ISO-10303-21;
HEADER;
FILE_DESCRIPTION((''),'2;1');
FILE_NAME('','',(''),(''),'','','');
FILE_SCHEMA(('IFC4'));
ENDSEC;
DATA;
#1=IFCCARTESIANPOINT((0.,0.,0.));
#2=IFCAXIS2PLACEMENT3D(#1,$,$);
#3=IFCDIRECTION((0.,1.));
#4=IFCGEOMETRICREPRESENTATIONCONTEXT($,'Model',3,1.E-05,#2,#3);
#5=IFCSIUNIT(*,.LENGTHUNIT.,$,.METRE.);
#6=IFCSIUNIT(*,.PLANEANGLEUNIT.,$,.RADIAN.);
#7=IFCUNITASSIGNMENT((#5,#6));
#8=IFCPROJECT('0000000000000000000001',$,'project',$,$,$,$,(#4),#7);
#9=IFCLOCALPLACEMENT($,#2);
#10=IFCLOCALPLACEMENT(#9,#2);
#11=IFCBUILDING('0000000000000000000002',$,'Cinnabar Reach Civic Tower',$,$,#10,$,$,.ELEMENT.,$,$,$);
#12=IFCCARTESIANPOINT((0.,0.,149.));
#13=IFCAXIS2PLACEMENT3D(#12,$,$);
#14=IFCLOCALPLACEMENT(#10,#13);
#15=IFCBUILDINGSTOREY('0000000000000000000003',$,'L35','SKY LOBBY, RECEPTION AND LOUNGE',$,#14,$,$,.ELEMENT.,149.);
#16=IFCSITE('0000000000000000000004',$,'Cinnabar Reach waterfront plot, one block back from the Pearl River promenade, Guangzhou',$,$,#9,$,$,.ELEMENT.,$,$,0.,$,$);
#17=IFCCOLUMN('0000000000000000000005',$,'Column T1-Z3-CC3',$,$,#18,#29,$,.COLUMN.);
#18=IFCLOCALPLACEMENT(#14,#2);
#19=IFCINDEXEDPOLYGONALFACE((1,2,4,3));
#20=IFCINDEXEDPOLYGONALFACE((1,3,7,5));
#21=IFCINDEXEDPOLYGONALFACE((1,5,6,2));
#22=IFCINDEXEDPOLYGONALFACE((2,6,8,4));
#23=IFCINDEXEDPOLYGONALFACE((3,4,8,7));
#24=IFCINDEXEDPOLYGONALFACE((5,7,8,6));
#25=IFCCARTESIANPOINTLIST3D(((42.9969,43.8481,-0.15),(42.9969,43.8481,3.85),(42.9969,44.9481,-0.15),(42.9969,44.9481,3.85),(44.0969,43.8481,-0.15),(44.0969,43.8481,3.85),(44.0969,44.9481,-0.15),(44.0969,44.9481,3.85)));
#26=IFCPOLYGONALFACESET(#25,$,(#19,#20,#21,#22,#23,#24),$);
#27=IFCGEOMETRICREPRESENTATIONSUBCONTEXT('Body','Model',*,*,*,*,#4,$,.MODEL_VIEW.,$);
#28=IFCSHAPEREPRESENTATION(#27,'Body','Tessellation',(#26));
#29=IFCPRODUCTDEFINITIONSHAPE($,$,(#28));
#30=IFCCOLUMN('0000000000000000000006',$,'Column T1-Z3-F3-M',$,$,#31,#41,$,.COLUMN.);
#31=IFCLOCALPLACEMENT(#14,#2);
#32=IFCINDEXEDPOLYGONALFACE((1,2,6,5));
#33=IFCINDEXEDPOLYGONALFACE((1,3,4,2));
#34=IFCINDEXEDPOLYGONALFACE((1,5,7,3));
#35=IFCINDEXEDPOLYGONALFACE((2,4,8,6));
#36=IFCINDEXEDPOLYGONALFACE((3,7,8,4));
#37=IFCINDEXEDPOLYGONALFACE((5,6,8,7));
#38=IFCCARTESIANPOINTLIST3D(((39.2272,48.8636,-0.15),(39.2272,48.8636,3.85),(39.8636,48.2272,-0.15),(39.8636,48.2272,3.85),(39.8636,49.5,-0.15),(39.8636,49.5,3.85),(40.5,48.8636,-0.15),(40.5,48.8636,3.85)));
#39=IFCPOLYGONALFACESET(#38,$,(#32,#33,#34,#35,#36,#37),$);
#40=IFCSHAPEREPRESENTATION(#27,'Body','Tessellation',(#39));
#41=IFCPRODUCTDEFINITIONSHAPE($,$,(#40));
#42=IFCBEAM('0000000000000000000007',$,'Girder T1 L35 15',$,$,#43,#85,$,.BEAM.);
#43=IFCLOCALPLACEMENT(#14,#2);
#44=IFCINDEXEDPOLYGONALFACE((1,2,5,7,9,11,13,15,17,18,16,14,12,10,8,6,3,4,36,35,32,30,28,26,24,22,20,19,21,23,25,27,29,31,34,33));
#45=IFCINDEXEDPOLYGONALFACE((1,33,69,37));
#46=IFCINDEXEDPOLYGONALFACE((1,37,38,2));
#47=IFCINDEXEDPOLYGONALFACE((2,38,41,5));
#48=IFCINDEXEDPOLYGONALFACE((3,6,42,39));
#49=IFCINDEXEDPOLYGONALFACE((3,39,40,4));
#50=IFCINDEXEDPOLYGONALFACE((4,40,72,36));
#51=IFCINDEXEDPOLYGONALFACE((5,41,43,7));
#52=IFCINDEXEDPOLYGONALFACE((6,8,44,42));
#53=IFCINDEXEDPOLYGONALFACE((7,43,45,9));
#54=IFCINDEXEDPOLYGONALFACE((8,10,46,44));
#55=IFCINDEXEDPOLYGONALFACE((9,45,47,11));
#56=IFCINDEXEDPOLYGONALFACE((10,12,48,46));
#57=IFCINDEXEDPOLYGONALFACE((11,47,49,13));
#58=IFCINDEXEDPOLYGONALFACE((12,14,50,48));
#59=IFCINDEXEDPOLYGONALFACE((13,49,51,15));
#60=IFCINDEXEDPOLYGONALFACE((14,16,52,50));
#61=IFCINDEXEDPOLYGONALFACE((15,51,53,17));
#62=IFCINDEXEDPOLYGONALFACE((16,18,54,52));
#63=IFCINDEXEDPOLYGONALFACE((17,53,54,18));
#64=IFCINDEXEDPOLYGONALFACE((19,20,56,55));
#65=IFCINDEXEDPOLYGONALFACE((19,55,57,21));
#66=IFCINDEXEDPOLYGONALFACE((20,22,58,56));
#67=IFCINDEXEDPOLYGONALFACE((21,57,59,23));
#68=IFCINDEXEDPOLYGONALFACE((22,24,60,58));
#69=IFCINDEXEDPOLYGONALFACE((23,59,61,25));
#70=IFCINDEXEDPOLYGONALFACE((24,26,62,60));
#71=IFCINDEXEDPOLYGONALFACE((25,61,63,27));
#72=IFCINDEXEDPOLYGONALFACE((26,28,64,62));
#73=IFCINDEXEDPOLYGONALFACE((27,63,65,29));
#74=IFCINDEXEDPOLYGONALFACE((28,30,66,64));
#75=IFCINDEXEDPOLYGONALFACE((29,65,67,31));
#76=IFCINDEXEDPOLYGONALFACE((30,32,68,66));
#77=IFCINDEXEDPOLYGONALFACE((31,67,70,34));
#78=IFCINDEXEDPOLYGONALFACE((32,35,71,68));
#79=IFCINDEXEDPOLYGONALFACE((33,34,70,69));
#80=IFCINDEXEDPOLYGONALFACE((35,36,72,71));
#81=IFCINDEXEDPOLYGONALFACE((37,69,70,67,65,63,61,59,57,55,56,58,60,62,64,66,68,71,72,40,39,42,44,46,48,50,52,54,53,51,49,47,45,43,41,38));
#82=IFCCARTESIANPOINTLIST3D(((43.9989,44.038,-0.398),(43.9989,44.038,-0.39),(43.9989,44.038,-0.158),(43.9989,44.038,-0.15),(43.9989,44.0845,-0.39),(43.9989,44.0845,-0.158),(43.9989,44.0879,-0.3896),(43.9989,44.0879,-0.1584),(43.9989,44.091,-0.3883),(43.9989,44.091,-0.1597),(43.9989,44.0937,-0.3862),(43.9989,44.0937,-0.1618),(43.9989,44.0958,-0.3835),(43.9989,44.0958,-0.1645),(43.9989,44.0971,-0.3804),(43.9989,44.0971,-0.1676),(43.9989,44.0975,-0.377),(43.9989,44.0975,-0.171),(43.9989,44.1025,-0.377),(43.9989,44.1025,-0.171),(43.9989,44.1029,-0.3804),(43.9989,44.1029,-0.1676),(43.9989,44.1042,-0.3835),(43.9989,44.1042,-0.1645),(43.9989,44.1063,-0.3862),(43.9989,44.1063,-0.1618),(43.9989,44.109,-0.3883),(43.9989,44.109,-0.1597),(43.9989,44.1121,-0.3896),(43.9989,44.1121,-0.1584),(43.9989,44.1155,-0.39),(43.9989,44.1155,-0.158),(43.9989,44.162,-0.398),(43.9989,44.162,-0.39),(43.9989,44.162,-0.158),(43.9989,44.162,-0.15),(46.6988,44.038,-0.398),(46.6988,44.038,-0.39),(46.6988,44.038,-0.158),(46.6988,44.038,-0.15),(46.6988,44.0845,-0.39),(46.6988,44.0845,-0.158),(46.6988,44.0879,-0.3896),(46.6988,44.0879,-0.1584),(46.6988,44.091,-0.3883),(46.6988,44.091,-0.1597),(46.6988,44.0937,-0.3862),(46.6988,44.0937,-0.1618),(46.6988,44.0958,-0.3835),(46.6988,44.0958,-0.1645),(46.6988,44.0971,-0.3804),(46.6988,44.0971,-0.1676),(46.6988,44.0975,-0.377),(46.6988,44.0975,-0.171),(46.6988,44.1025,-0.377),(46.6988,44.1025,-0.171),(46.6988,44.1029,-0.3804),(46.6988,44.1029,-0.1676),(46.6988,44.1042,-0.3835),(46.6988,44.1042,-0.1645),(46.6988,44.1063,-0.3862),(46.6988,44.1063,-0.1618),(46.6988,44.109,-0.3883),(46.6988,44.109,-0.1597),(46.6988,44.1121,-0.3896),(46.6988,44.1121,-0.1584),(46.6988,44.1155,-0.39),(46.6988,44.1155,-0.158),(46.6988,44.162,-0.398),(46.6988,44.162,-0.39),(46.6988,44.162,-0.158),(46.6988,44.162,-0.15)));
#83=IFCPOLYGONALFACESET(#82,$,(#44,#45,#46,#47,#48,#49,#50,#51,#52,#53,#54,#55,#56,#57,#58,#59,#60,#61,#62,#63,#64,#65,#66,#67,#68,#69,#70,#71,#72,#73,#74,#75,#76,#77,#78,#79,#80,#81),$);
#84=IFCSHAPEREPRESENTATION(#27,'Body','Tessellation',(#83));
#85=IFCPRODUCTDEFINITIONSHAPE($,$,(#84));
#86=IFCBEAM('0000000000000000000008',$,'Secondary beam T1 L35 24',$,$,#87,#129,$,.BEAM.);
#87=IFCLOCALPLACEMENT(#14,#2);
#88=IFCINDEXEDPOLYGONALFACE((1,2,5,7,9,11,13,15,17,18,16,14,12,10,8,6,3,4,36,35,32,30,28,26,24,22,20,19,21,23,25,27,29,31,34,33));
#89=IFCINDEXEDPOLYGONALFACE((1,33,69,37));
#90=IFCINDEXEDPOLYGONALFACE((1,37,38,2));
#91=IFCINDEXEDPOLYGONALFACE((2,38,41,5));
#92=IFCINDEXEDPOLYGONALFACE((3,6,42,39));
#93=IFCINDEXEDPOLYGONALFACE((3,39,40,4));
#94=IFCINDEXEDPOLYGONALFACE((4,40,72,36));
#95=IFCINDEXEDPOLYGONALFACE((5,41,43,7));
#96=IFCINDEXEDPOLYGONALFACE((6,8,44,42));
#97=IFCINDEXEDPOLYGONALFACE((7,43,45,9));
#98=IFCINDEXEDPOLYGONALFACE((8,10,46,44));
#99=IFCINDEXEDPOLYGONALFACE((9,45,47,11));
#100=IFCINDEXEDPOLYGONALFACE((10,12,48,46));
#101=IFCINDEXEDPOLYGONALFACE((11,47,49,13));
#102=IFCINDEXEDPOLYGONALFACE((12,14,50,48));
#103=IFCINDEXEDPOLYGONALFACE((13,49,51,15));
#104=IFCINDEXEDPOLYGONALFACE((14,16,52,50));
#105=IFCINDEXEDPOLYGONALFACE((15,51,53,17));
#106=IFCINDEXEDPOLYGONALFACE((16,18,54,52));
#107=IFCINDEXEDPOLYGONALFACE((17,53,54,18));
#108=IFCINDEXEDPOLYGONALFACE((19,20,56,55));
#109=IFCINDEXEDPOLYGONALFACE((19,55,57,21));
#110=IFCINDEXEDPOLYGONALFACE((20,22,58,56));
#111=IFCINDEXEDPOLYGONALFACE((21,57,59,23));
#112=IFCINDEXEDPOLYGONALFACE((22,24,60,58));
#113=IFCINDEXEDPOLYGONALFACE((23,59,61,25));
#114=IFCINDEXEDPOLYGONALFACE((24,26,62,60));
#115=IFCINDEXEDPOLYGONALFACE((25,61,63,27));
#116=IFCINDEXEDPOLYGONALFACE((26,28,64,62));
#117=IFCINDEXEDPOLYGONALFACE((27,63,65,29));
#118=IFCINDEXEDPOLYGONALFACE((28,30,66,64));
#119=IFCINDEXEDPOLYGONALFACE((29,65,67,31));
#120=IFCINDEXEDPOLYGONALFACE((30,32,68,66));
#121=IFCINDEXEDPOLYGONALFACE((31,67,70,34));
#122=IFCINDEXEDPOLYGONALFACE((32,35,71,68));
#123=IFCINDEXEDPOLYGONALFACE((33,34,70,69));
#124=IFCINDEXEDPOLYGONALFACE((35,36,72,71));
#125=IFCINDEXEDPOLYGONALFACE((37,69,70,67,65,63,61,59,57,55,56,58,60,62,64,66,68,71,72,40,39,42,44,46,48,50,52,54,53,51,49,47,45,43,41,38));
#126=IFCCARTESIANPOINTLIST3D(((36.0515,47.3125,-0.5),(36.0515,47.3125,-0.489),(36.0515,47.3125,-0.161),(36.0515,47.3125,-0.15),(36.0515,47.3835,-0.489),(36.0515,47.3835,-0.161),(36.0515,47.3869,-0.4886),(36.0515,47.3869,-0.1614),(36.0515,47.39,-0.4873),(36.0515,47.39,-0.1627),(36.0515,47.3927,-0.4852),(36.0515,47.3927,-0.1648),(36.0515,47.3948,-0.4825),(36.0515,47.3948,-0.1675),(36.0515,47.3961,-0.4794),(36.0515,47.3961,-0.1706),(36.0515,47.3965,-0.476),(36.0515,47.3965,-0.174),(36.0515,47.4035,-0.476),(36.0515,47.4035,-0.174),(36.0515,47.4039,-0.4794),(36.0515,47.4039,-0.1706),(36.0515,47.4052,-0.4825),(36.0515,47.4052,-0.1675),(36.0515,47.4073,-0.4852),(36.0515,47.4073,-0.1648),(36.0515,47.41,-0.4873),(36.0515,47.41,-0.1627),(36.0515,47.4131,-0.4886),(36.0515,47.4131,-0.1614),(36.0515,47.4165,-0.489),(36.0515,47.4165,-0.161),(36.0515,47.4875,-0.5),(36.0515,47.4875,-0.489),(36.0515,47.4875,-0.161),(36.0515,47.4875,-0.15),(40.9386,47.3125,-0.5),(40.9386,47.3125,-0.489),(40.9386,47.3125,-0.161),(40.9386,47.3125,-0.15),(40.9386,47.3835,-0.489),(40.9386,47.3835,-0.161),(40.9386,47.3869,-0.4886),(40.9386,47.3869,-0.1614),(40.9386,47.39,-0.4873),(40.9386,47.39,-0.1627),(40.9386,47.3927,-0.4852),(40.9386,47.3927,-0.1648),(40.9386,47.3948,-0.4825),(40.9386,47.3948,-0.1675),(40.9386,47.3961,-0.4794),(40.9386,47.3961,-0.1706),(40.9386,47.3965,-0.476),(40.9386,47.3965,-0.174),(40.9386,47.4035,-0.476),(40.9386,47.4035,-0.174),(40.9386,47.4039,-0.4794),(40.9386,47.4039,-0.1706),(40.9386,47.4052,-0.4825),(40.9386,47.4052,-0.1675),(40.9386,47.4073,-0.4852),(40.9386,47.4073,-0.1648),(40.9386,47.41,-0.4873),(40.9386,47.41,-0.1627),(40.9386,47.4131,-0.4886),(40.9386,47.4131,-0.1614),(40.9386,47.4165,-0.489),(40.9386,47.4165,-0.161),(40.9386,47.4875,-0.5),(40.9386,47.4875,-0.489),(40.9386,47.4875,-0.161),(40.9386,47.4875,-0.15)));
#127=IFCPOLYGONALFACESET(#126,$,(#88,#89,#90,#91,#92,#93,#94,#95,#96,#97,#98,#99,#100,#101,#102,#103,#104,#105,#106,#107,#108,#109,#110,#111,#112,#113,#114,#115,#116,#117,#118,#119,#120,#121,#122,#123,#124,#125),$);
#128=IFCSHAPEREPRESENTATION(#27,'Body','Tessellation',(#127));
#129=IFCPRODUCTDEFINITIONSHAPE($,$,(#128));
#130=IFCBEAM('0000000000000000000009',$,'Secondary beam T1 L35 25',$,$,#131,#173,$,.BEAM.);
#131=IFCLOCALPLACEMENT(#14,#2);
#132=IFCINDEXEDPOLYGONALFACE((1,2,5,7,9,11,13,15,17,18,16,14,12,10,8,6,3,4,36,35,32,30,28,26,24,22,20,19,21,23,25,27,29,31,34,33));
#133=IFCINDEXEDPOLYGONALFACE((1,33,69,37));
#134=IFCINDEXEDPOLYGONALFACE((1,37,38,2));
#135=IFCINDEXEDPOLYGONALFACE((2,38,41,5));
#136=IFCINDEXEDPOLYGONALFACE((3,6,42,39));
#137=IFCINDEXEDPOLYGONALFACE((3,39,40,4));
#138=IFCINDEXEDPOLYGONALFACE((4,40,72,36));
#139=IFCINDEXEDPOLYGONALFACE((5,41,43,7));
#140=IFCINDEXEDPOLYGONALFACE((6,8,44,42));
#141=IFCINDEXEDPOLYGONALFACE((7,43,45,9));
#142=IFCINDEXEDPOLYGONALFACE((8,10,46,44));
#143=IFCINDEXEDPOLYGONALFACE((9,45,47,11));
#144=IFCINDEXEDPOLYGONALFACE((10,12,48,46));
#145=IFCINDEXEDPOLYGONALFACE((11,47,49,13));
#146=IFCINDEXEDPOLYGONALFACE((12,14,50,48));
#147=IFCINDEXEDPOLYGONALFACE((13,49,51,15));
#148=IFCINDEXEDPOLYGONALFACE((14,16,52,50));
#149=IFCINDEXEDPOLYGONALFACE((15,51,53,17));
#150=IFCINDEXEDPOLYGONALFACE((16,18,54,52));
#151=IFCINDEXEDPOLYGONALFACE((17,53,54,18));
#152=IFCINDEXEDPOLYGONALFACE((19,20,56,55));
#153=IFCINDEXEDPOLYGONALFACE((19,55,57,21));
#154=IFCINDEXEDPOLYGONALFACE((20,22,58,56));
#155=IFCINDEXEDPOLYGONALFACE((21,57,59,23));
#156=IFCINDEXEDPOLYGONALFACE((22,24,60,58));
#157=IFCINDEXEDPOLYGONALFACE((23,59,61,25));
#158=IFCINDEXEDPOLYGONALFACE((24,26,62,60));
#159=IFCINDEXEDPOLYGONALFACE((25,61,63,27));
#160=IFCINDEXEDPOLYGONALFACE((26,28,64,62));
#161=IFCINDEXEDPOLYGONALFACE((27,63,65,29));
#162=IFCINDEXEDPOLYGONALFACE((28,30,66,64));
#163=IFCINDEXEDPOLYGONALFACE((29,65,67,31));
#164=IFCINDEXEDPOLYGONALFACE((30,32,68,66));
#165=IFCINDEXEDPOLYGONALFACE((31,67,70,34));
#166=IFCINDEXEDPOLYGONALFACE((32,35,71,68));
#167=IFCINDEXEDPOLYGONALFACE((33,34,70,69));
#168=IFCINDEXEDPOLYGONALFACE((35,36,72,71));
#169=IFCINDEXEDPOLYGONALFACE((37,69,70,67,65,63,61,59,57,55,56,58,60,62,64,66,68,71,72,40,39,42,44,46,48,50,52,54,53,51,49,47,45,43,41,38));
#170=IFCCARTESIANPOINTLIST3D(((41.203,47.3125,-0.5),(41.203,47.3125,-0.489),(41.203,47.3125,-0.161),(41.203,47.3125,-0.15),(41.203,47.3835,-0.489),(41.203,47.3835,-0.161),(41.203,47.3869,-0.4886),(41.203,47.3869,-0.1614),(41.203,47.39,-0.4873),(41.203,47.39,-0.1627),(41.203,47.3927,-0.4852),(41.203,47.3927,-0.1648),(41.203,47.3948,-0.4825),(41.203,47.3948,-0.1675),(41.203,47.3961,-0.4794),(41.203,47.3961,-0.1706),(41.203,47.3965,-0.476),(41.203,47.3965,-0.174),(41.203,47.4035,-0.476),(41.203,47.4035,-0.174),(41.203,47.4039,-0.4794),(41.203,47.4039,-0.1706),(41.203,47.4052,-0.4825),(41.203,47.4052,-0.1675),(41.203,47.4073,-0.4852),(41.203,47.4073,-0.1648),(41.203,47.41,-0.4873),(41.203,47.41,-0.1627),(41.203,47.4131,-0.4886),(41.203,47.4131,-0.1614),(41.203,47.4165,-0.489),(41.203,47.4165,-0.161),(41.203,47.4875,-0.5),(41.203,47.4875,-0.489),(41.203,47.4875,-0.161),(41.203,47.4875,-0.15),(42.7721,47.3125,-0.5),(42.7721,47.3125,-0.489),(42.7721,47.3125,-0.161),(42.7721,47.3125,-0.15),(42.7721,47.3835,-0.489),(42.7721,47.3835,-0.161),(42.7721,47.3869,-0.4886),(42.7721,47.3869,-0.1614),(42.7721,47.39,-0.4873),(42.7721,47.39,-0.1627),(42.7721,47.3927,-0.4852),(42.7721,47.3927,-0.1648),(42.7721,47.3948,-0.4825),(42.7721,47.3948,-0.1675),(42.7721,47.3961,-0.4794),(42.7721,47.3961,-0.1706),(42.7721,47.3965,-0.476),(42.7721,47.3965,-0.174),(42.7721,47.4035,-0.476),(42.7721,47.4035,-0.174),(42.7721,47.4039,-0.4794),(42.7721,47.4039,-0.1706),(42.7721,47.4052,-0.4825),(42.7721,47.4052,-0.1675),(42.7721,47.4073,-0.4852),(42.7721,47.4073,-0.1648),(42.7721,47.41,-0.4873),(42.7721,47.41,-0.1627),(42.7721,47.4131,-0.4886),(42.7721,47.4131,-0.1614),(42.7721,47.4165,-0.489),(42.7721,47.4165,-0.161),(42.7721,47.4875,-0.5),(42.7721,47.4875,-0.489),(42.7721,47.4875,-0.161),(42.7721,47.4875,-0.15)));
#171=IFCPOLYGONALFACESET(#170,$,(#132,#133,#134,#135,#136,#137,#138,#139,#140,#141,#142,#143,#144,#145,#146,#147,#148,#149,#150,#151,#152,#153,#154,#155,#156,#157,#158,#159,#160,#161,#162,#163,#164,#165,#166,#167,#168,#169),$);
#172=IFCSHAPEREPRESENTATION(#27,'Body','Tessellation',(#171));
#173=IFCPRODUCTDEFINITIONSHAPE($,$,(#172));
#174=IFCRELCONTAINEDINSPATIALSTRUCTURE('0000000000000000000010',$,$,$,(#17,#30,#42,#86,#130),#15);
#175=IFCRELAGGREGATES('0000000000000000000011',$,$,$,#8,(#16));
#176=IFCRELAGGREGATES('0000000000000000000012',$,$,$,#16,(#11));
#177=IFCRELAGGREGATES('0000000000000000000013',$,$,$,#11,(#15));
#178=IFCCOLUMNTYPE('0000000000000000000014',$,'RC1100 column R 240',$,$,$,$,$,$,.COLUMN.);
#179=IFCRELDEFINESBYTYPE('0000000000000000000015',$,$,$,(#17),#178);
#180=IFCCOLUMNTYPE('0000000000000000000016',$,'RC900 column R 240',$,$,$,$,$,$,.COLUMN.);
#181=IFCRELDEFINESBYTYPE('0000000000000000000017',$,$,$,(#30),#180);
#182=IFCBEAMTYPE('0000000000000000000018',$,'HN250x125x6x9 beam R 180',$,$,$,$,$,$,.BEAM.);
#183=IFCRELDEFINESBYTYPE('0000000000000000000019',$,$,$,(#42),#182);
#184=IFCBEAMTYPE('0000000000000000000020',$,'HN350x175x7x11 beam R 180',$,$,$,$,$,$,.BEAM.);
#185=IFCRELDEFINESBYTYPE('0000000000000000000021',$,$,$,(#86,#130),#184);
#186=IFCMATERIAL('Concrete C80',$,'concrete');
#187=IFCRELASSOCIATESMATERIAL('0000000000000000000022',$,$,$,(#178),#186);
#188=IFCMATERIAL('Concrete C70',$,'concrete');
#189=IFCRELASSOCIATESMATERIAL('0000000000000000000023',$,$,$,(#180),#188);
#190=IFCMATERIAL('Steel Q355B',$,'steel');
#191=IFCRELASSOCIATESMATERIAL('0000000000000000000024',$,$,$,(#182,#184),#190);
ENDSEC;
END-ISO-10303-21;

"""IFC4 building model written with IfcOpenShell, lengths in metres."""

from ifc_helpers import new_model, si_unit, direction, frame, origin, origin_2d, place, context, subcontext, project, spatial, rectangle, i_section, extrude, material, material_profile, profile_set, type_object, element, save


model = new_model("IFC4")

# Units and contexts
model_context = context("Model", 3, precision=1e-05, world=origin(), true_north=direction((0.0, 1.0)))
body_context = subcontext(model_context, "Body", "Model", "MODEL_VIEW")
ifc_project = project(units=[si_unit("LENGTHUNIT", "METRE"), si_unit("PLANEANGLEUNIT", "RADIAN")], contexts=[model_context])

# Site, building, storey
site_placement = place(None, origin())
site = spatial("IfcSite", under=ifc_project, at=site_placement, Name="Cinnabar Reach waterfront plot, one block back from the Pearl River promenade, Guangzhou", CompositionType="ELEMENT", RefElevation=0.0)
building_placement = place(site_placement, origin())
building = spatial("IfcBuilding", under=site, at=building_placement, Name="Cinnabar Reach Civic Tower", CompositionType="ELEMENT")
storey_placement = place(building_placement, frame((0.0, 0.0, 149.0)))
storey = spatial("IfcBuildingStorey", under=building, at=storey_placement, Name="L35", Description="SKY LOBBY, RECEPTION AND LOUNGE", CompositionType="ELEMENT", Elevation=149.0)

# Columns
ifc_material_1 = material(Name="Concrete C80", Category="concrete")
ifc_material_profile_1 = material_profile(ifc_material_1, rectangle(XDim=1.1, YDim=1.1, at=origin_2d()), Name="RC1100")
ifc_profile_set_1 = profile_set([ifc_material_profile_1], Name="Concrete C80")
column_type_1 = type_object("IfcColumnType", Name="RC1100 column R 240", PredefinedType="COLUMN", material=ifc_profile_set_1)
column_1_placement = place(storey_placement, frame((43.5469, 44.3981, -0.15), z_axis=(0.0, 0.0, 1.0), x_axis=(1.0, 0.0, 0.0)))
element("IfcColumn", 1, at=column_1_placement, inside=storey, type_object=column_type_1, Name="Column T1-Z3-CC3", PredefinedType="COLUMN", context=body_context, shape_type="SweptSolid", body=[
    extrude(rectangle(XDim=1.1, YDim=1.1, at=origin_2d()), origin(), (0.0, 0.0, 1.0), 4.0),
])
ifc_material_2 = material(Name="Concrete C70", Category="concrete")
ifc_material_profile_2 = material_profile(ifc_material_2, rectangle(XDim=0.9, YDim=0.9, at=origin_2d()), Name="RC900")
ifc_profile_set_2 = profile_set([ifc_material_profile_2], Name="Concrete C70")
column_type_2 = type_object("IfcColumnType", Name="RC900 column R 240", PredefinedType="COLUMN", material=ifc_profile_set_2)
column_2_placement = place(storey_placement, frame((39.8636, 48.8636, -0.15), z_axis=(0.0, 0.0, 1.0), x_axis=(0.707107, 0.707107, 0.0)))
element("IfcColumn", 2, at=column_2_placement, inside=storey, type_object=column_type_2, Name="Column T1-Z3-F3-M", PredefinedType="COLUMN", context=body_context, shape_type="SweptSolid", body=[
    extrude(rectangle(XDim=0.9, YDim=0.9, at=origin_2d()), origin(), (0.0, 0.0, 1.0), 4.0),
])

# Beams
ifc_material_3 = material(Name="Steel Q355B", Category="steel")
ifc_material_profile_3 = material_profile(ifc_material_3, i_section(OverallWidth=0.124, OverallDepth=0.248, WebThickness=0.005, FlangeThickness=0.008, FilletRadius=0.013, at=origin_2d()), Name="HN250x125x6x9")
ifc_profile_set_3 = profile_set([ifc_material_profile_3], Name="Steel Q355B")
beam_type_1 = type_object("IfcBeamType", Name="HN250x125x6x9 beam R 180", PredefinedType="BEAM", material=ifc_profile_set_3)
beam_1_placement = place(storey_placement, frame((43.9989, 44.1, -0.274), z_axis=(1.0, 0.0, 0.0), x_axis=(0.0, 1.0, 0.0)))
element("IfcBeam", 3, at=beam_1_placement, inside=storey, type_object=beam_type_1, Name="Girder T1 L35 15", PredefinedType="BEAM", context=body_context, shape_type="SweptSolid", body=[
    extrude(i_section(OverallWidth=0.124, OverallDepth=0.248, WebThickness=0.005, FlangeThickness=0.008, FilletRadius=0.013, at=origin_2d()), origin(), (0.0, 0.0, 1.0), 2.6999),
])
ifc_material_profile_4 = material_profile(ifc_material_3, i_section(OverallWidth=0.175, OverallDepth=0.35, WebThickness=0.007, FlangeThickness=0.011, FilletRadius=0.013, at=origin_2d()), Name="HN350x175x7x11")
ifc_profile_set_4 = profile_set([ifc_material_profile_4], Name="Steel Q355B")
beam_type_2 = type_object("IfcBeamType", Name="HN350x175x7x11 beam R 180", PredefinedType="BEAM", material=ifc_profile_set_4)
beam_2_placement = place(storey_placement, frame((36.0515, 47.4, -0.325), z_axis=(1.0, 0.0, 0.0), x_axis=(0.0, 1.0, 0.0)))
element("IfcBeam", 4, at=beam_2_placement, inside=storey, type_object=beam_type_2, Name="Secondary beam T1 L35 24", PredefinedType="BEAM", context=body_context, shape_type="SweptSolid", body=[
    extrude(i_section(OverallWidth=0.175, OverallDepth=0.35, WebThickness=0.007, FlangeThickness=0.011, FilletRadius=0.013, at=origin_2d()), origin(), (0.0, 0.0, 1.0), 4.8871),
])
beam_3_placement = place(storey_placement, frame((41.203, 47.4, -0.325), z_axis=(1.0, 0.0, 0.0), x_axis=(0.0, 1.0, 0.0)))
element("IfcBeam", 5, at=beam_3_placement, inside=storey, type_object=beam_type_2, Name="Secondary beam T1 L35 25", PredefinedType="BEAM", context=body_context, shape_type="SweptSolid", body=[
    extrude(i_section(OverallWidth=0.175, OverallDepth=0.35, WebThickness=0.007, FlangeThickness=0.011, FilletRadius=0.013, at=origin_2d()), origin(), (0.0, 0.0, 1.0), 1.5691),
])

save(model, "model.ifc")
